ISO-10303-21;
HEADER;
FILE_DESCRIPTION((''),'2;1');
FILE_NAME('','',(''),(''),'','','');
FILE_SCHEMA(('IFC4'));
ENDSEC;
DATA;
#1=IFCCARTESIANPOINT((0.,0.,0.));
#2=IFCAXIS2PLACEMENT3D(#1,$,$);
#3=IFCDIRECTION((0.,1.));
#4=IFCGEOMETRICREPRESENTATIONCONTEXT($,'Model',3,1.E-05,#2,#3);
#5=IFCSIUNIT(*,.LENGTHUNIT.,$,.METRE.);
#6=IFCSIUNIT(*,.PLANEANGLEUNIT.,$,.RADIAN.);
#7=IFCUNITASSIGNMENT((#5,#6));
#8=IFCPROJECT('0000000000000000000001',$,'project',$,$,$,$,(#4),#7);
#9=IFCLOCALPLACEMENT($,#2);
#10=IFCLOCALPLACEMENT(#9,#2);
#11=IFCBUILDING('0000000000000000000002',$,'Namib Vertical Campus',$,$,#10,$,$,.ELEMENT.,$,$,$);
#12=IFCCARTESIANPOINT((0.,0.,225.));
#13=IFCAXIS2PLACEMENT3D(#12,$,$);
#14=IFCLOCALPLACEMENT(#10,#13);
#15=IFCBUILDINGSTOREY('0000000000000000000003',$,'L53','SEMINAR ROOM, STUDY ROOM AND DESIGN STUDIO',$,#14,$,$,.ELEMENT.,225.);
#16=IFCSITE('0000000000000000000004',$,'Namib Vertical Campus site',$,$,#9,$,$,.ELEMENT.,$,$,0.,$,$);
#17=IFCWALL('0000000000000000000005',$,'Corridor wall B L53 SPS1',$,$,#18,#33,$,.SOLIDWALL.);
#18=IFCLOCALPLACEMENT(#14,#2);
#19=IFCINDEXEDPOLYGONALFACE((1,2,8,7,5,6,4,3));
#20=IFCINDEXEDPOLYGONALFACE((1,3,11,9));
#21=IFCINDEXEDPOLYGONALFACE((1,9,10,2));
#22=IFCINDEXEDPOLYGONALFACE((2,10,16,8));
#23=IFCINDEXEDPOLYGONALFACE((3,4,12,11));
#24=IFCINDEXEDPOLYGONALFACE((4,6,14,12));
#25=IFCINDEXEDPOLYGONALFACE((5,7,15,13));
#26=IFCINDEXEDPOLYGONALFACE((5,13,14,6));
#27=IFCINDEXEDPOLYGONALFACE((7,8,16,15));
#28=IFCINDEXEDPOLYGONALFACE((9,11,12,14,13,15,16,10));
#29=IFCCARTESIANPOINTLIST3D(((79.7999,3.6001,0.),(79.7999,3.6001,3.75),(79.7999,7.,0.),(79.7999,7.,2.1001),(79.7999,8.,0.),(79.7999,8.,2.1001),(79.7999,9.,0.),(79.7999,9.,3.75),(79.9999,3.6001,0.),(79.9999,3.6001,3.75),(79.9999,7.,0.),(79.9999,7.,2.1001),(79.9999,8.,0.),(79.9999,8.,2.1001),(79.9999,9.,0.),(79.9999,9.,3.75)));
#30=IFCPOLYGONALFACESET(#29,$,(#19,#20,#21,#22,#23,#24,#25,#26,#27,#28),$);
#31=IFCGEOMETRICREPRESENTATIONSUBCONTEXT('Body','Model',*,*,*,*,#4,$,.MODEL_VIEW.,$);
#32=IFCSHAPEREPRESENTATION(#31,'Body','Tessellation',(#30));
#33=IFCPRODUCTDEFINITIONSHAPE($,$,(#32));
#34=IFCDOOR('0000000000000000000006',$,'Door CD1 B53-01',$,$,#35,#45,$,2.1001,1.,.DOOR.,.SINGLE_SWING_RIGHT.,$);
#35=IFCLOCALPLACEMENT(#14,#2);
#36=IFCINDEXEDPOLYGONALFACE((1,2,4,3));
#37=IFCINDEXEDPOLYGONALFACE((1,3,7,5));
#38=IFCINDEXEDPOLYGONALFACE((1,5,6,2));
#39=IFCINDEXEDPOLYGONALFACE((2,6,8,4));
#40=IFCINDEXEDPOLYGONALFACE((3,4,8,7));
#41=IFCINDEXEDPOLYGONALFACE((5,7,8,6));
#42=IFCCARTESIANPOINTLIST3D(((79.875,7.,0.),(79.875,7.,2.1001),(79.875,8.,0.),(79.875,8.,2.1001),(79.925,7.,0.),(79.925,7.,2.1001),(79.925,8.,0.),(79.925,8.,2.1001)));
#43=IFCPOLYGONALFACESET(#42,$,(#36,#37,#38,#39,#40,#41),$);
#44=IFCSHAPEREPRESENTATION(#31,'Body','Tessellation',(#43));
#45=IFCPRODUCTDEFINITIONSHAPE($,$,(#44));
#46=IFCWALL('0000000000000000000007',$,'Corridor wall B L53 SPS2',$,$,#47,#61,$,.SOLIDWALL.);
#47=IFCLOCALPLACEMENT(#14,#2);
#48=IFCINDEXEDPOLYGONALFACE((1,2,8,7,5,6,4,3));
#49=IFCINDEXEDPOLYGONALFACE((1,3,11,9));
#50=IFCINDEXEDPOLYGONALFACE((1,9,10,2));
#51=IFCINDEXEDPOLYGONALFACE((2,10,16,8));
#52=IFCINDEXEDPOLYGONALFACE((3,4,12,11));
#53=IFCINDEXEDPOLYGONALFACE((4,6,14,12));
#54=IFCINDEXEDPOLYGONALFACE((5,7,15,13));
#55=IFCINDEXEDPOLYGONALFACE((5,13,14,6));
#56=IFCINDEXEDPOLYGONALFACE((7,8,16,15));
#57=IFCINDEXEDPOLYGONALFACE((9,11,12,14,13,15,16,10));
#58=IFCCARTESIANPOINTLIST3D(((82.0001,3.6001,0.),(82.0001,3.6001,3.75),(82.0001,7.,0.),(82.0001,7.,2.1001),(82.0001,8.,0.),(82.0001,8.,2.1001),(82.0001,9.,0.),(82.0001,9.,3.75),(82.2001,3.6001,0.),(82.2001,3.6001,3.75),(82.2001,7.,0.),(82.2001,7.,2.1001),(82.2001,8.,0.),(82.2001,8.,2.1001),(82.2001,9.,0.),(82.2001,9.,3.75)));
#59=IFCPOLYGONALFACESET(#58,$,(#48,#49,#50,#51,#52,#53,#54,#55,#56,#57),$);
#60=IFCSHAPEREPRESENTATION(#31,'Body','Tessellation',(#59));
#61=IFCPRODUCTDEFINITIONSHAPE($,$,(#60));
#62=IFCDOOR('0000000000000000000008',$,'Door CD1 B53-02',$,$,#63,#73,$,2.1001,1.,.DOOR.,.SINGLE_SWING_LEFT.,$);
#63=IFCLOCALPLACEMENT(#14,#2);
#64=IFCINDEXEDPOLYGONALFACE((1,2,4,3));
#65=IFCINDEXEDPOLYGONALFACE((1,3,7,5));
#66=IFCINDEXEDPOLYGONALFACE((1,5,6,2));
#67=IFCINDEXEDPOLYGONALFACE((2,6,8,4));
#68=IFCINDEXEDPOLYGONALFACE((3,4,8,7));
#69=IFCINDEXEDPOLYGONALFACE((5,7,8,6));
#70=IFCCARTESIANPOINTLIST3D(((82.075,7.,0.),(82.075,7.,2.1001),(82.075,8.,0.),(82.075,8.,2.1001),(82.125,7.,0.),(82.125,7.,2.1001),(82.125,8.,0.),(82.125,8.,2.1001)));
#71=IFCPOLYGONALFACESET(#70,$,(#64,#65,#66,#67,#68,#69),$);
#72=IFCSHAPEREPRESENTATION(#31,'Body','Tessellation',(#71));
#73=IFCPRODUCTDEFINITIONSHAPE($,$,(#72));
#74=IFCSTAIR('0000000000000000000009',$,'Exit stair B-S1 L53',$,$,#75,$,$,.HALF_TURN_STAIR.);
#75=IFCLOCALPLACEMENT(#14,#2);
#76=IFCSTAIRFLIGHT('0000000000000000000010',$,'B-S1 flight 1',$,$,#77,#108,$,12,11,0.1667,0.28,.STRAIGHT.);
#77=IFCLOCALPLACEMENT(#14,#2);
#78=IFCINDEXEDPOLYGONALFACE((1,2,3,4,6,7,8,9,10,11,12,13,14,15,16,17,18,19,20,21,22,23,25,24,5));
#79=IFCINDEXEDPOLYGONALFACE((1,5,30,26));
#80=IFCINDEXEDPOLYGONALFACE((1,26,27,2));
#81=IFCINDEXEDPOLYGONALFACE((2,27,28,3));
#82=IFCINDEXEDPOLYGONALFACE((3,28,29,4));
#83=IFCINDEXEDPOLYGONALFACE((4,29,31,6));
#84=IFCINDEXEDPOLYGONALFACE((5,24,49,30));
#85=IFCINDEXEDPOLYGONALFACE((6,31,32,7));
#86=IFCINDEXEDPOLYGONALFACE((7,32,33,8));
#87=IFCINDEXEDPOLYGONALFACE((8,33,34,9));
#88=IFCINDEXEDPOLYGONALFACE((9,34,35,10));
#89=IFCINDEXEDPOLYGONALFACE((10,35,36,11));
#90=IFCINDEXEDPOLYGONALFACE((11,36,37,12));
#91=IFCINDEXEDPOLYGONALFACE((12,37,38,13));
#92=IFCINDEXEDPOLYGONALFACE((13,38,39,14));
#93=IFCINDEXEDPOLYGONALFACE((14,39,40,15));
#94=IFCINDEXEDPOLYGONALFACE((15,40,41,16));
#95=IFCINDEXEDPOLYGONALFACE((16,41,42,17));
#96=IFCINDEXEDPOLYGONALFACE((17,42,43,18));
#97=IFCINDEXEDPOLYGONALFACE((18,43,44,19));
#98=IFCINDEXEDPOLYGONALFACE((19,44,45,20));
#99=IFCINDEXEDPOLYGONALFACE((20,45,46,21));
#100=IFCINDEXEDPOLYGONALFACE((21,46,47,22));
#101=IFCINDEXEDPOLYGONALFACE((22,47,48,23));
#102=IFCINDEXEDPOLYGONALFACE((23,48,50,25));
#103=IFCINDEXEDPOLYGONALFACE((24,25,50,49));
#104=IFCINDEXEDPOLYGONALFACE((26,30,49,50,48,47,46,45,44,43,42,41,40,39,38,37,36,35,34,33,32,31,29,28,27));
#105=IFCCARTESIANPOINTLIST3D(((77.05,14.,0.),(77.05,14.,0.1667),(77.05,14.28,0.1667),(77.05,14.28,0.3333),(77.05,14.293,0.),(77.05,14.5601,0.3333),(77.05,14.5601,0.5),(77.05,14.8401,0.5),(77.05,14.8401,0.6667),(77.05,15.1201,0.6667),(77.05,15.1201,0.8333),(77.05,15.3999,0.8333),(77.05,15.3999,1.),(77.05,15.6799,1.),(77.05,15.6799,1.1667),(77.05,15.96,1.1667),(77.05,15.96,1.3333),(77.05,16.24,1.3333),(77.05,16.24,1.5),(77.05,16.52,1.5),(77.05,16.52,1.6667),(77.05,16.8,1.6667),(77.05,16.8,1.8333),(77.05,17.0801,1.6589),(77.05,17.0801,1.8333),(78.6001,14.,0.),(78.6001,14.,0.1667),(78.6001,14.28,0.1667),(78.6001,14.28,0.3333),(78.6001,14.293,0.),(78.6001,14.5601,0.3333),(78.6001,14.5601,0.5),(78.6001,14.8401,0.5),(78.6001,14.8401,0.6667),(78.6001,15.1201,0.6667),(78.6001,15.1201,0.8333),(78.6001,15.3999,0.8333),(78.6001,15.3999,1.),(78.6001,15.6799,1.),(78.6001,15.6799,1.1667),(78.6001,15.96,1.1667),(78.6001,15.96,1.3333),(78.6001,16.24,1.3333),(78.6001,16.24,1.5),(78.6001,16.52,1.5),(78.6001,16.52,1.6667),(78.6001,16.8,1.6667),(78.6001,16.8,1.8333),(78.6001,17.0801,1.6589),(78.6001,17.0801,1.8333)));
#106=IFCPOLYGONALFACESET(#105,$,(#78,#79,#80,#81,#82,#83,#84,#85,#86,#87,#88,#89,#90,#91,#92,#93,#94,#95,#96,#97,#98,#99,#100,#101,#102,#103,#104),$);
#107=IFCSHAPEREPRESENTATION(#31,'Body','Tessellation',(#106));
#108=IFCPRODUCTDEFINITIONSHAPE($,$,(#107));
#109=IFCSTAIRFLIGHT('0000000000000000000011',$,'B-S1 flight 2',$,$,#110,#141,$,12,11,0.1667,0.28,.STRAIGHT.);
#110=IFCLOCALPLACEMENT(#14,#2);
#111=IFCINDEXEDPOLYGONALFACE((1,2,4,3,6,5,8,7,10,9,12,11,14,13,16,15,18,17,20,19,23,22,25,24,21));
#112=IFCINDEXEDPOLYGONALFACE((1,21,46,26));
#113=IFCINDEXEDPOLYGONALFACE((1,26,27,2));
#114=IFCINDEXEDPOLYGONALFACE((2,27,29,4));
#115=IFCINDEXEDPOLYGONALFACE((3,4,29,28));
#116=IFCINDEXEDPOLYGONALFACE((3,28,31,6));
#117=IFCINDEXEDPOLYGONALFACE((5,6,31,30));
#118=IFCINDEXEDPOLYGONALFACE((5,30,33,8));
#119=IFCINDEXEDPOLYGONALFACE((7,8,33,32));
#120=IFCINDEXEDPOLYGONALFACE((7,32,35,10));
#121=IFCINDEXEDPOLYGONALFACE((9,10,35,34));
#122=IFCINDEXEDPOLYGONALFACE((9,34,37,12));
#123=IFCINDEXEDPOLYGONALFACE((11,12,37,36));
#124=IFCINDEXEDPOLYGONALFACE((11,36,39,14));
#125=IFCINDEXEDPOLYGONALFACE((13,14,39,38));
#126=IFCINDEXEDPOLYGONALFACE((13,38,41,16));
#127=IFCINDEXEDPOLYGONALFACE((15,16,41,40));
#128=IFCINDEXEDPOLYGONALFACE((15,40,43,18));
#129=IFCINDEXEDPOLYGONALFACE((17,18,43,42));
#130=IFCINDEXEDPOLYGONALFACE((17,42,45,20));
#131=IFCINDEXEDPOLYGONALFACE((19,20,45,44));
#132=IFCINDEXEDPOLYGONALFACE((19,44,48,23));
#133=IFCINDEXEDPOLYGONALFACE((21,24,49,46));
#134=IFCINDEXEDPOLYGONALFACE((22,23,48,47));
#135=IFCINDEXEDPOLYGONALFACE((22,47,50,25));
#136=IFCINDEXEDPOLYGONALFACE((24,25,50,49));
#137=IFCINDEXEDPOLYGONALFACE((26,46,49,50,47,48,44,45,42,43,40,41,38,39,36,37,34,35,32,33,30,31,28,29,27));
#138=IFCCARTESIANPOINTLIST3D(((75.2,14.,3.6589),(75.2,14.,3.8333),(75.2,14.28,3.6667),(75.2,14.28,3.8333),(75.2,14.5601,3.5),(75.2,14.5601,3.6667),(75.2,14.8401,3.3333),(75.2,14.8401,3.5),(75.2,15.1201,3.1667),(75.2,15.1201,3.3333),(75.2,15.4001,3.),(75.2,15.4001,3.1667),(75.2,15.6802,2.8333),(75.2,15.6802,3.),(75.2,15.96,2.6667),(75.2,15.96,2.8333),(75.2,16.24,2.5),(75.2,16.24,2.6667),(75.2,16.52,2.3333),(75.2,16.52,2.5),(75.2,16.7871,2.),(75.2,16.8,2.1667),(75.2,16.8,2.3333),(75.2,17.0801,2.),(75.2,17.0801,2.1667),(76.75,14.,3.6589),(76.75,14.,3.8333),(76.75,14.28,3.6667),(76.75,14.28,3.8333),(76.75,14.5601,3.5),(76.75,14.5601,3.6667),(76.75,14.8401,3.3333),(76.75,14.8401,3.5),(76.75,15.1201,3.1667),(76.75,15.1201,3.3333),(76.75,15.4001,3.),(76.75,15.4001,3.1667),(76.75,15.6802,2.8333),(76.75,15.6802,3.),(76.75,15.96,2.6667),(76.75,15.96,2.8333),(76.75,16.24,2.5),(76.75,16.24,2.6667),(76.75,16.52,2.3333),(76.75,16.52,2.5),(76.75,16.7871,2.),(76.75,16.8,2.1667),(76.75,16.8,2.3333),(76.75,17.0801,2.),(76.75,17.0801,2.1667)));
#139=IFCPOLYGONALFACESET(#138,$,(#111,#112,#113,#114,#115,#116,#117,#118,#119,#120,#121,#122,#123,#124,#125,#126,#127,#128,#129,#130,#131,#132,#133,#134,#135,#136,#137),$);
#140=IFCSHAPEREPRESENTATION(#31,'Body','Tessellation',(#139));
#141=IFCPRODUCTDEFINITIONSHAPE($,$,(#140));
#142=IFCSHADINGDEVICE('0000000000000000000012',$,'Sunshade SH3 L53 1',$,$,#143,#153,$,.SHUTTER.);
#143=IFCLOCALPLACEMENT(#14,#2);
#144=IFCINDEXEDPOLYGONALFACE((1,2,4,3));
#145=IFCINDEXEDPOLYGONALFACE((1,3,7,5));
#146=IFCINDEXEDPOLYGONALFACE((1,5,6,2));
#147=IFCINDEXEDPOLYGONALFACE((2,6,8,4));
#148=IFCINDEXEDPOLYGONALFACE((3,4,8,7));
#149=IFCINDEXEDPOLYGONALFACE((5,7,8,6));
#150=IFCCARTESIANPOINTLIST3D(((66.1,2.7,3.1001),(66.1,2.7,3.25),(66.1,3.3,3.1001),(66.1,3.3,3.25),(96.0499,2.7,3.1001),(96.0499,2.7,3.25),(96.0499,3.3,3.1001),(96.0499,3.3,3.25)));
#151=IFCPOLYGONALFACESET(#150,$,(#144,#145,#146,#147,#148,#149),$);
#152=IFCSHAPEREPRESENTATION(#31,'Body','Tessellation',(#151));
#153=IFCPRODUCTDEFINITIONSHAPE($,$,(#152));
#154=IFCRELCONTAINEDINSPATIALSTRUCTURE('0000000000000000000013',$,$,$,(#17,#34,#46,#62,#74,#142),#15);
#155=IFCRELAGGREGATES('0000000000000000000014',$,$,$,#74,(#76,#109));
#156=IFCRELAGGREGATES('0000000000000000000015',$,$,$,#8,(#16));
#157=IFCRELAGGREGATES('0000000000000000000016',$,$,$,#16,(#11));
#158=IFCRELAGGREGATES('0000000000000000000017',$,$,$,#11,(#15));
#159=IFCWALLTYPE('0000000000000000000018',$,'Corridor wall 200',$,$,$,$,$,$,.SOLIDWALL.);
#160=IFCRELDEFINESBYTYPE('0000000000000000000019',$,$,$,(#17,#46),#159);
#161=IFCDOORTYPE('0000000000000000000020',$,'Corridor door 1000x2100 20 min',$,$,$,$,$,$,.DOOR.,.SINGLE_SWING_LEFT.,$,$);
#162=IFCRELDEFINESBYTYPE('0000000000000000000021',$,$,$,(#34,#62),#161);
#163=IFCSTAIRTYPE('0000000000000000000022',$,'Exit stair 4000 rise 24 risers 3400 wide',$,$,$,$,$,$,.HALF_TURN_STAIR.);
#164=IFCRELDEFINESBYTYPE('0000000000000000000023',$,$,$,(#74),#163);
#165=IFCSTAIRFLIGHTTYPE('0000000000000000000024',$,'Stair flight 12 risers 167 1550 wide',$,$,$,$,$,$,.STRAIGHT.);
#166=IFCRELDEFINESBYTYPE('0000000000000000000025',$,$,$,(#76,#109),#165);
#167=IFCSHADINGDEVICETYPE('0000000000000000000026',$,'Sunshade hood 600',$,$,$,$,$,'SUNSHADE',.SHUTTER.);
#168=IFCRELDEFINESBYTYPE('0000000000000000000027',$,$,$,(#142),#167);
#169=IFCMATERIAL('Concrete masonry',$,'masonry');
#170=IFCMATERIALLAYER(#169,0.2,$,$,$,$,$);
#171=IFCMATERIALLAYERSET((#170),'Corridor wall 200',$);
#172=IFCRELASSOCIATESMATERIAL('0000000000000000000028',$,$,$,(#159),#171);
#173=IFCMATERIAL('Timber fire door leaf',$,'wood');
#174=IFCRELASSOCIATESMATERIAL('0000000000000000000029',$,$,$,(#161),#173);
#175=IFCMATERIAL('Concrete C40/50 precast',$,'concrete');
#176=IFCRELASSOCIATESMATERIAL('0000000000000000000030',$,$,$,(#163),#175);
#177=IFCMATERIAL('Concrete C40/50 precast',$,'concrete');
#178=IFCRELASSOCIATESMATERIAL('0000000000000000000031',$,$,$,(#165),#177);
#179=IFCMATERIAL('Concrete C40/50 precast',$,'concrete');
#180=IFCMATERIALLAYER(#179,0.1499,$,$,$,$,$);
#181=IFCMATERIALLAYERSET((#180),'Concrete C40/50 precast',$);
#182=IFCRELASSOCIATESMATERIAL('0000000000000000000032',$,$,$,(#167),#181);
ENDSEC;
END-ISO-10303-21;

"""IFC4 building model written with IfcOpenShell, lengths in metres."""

from ifc_helpers import new_model, si_unit, direction, frame, frame_2d, origin, origin_2d, place, context, subcontext, project, spatial, polyline, rectangle, outline, extrude, material, layer, layer_set, type_object, element, fill, aggregate, save


model = new_model("IFC4")

# Units and contexts
model_context = context("Model", 3, precision=1e-05, world=origin(), true_north=direction((0.0, 1.0)))
body_context = subcontext(model_context, "Body", "Model", "MODEL_VIEW")
ifc_project = project(units=[si_unit("LENGTHUNIT", "METRE"), si_unit("PLANEANGLEUNIT", "RADIAN")], contexts=[model_context])

# Site, building, storey
site_placement = place(None, origin())
site = spatial("IfcSite", under=ifc_project, at=site_placement, Name="Namib Vertical Campus site", CompositionType="ELEMENT", RefElevation=0.0)
building_placement = place(site_placement, origin())
building = spatial("IfcBuilding", under=site, at=building_placement, Name="Namib Vertical Campus", CompositionType="ELEMENT")
storey_placement = place(building_placement, frame((0.0, 0.0, 225.0)))
storey = spatial("IfcBuildingStorey", under=building, at=storey_placement, Name="L53", Description="SEMINAR ROOM, STUDY ROOM AND DESIGN STUDIO", CompositionType="ELEMENT", Elevation=225.0)

# Walls, openings, doors
ifc_material_1 = material(Name="Concrete masonry", Category="masonry")
ifc_layer_1 = layer(ifc_material_1, 0.2)
ifc_layer_set_1 = layer_set([ifc_layer_1], Name="Corridor wall 200")
wall_type_1 = type_object("IfcWallType", Name="Corridor wall 200", PredefinedType="SOLIDWALL", material=ifc_layer_set_1)
wall_1_placement = place(storey_placement, frame((79.8999, 3.6001, 0.0), z_axis=(0.0, 0.0, 1.0), x_axis=(0.0, 1.0, 0.0)))
wall_1 = element("IfcWall", 1, at=wall_1_placement, inside=storey, type_object=wall_type_1, Name="Corridor wall B L53 SPS1", PredefinedType="SOLIDWALL", context=body_context, shape_type="SweptSolid", body=[
    extrude(rectangle(XDim=5.3999, YDim=0.2, at=frame_2d((2.7, 0.0))), origin(), (0.0, 0.0, 1.0), 3.75),
])
opening_1_placement = place(wall_1_placement, frame((3.3999, 0.0, 0.0)))
opening_1 = element("IfcOpeningElement", 2, at=opening_1_placement, cuts=wall_1, PredefinedType="OPENING", context=body_context, shape_type="SweptSolid", body=[
    extrude(rectangle(XDim=1.0, YDim=2.1001, at=frame_2d((0.5, 1.05))), frame((0.0, 0.1099, 0.0), z_axis=(0.0, -1.0, 0.0), x_axis=(1.0, 0.0, 0.0)), (0.0, 0.0, 1.0), 0.22),
])
ifc_material_2 = material(Name="Timber fire door leaf", Category="wood")
door_type_1 = type_object("IfcDoorType", Name="Corridor door 1000x2100 20 min", OperationType="SINGLE_SWING_LEFT", PredefinedType="DOOR", material=ifc_material_2)
door_1_placement = place(opening_1_placement, origin())
door_1 = element("IfcDoor", 3, at=door_1_placement, inside=storey, type_object=door_type_1, Name="Door CD1 B53-01", OperationType="SINGLE_SWING_RIGHT", OverallHeight=2.1001, OverallWidth=1.0, PredefinedType="DOOR", context=body_context, shape_type="SweptSolid", body=[
    extrude(rectangle(XDim=1.0, YDim=2.1001, at=frame_2d((0.5, 1.05))), frame((0.0, 0.0249, 0.0), z_axis=(0.0, -1.0, 0.0), x_axis=(1.0, 0.0, 0.0)), (0.0, 0.0, 1.0), 0.05),
])
fill(opening_1, door_1)
wall_2_placement = place(storey_placement, frame((82.1001, 9.0, 0.0), z_axis=(0.0, 0.0, 1.0), x_axis=(0.0, -1.0, 0.0)))
wall_2 = element("IfcWall", 4, at=wall_2_placement, inside=storey, type_object=wall_type_1, Name="Corridor wall B L53 SPS2", PredefinedType="SOLIDWALL", context=body_context, shape_type="SweptSolid", body=[
    extrude(rectangle(XDim=5.3999, YDim=0.2, at=frame_2d((2.7, 0.0))), origin(), (0.0, 0.0, 1.0), 3.75),
])
opening_2_placement = place(wall_2_placement, frame((1.0, 0.0, 0.0)))
opening_2 = element("IfcOpeningElement", 5, at=opening_2_placement, cuts=wall_2, PredefinedType="OPENING", context=body_context, shape_type="SweptSolid", body=[
    extrude(rectangle(XDim=1.0, YDim=2.1001, at=frame_2d((0.5, 1.05))), frame((0.0, 0.1099, 0.0), z_axis=(0.0, -1.0, 0.0), x_axis=(1.0, 0.0, 0.0)), (0.0, 0.0, 1.0), 0.22),
])
door_2_placement = place(opening_2_placement, origin())
door_2 = element("IfcDoor", 6, at=door_2_placement, inside=storey, type_object=door_type_1, Name="Door CD1 B53-02", OperationType="SINGLE_SWING_LEFT", OverallHeight=2.1001, OverallWidth=1.0, PredefinedType="DOOR", context=body_context, shape_type="SweptSolid", body=[
    extrude(rectangle(XDim=1.0, YDim=2.1001, at=frame_2d((0.5, 1.05))), frame((0.0, 0.0249, 0.0), z_axis=(0.0, -1.0, 0.0), x_axis=(1.0, 0.0, 0.0)), (0.0, 0.0, 1.0), 0.05),
])
fill(opening_2, door_2)

# Stair, stair flights
ifc_material_3 = material(Name="Concrete C40/50 precast", Category="concrete")
stair_type = type_object("IfcStairType", Name="Exit stair 4000 rise 24 risers 3400 wide", PredefinedType="HALF_TURN_STAIR", material=ifc_material_3)
stair_placement = place(storey_placement, origin())
stair = element("IfcStair", 7, at=stair_placement, inside=storey, type_object=stair_type, Name="Exit stair B-S1 L53", PredefinedType="HALF_TURN_STAIR")
ifc_material_4 = material(Name="Concrete C40/50 precast", Category="concrete")
stair_flight_type = type_object("IfcStairFlightType", Name="Stair flight 12 risers 167 1550 wide", PredefinedType="STRAIGHT", material=ifc_material_4)
stair_flight_1_placement = place(storey_placement, frame((77.825, 14.0, 0.0), z_axis=(0.0, 0.0, 1.0), x_axis=(0.0, 1.0, 0.0)))
stair_flight_1 = element("IfcStairFlight", 8, at=stair_flight_1_placement, type_object=stair_flight_type, Name="B-S1 flight 1", NumberOfRisers=12, NumberOfTreads=11, PredefinedType="STRAIGHT", RiserHeight=0.1667, TreadLength=0.28, context=body_context, shape_type="SweptSolid", body=[
    extrude(outline(polyline([(0.0, 0.0), (0.0, 0.1667), (0.28, 0.1667), (0.28, 0.3333), (0.5601, 0.3333), (0.5601, 0.5), (0.8401, 0.5), (0.8401, 0.6667), (1.1201, 0.6667), (1.1201, 0.8333), (1.3999, 0.8333), (1.3999, 1.0), (1.6799, 1.0), (1.6799, 1.1667), (1.96, 1.1667), (1.96, 1.3333), (2.24, 1.3333), (2.24, 1.5), (2.52, 1.5), (2.52, 1.6667), (2.8, 1.6667), (2.8, 1.8333), (3.0801, 1.8333), (3.0801, 2.0), (3.0801, 1.6589), (0.293, 0.0), (0.0, 0.0)])), frame((0.0, 0.7749, 0.0), z_axis=(0.0, -1.0, 0.0), x_axis=(1.0, 0.0, 0.0)), (0.0, 0.0, 1.0), 1.55),
])
stair_flight_2_placement = place(storey_placement, frame((75.9751, 17.0801, 2.0), z_axis=(0.0, 0.0, 1.0), x_axis=(0.0, -1.0, 0.0)))
stair_flight_2 = element("IfcStairFlight", 9, at=stair_flight_2_placement, type_object=stair_flight_type, Name="B-S1 flight 2", NumberOfRisers=12, NumberOfTreads=11, PredefinedType="STRAIGHT", RiserHeight=0.1667, TreadLength=0.28, context=body_context, shape_type="SweptSolid", body=[
    extrude(outline(polyline([(0.0, 0.0), (0.0, 0.1667), (0.28, 0.1667), (0.28, 0.3333), (0.5601, 0.3333), (0.5601, 0.5), (0.8401, 0.5), (0.8401, 0.6667), (1.1201, 0.6667), (1.1201, 0.8333), (1.3999, 0.8333), (1.3999, 1.0), (1.6799, 1.0), (1.6799, 1.1667), (1.96, 1.1667), (1.96, 1.3333), (2.24, 1.3333), (2.24, 1.5), (2.52, 1.5), (2.52, 1.6667), (2.8, 1.6667), (2.8, 1.8333), (3.0801, 1.8333), (3.0801, 2.0), (3.0801, 1.6589), (0.293, 0.0), (0.0, 0.0)])), frame((0.0, 0.7749, 0.0), z_axis=(0.0, -1.0, 0.0), x_axis=(1.0, 0.0, 0.0)), (0.0, 0.0, 1.0), 1.55),
])
aggregate(stair, [stair_flight_1, stair_flight_2])

# Shading device
ifc_material_5 = material(Name="Concrete C40/50 precast", Category="concrete")
ifc_layer_2 = layer(ifc_material_5, 0.1499)
ifc_layer_set_2 = layer_set([ifc_layer_2], Name="Concrete C40/50 precast")
shading_device_type = type_object("IfcShadingDeviceType", Name="Sunshade hood 600", ElementType="SUNSHADE", PredefinedType="SHUTTER", material=ifc_layer_set_2)
shading_device_placement = place(storey_placement, frame((81.075, 3.0, 3.1001), z_axis=(0.0, 0.0, 1.0), x_axis=(1.0, 0.0, 0.0)))
element("IfcShadingDevice", 10, at=shading_device_placement, inside=storey, type_object=shading_device_type, Name="Sunshade SH3 L53 1", PredefinedType="SHUTTER", context=body_context, shape_type="SweptSolid", body=[
    extrude(rectangle(XDim=29.95, YDim=0.6001, at=origin_2d()), origin(), (0.0, 0.0, 1.0), 0.1499),
])

save(model, "model.ifc")
